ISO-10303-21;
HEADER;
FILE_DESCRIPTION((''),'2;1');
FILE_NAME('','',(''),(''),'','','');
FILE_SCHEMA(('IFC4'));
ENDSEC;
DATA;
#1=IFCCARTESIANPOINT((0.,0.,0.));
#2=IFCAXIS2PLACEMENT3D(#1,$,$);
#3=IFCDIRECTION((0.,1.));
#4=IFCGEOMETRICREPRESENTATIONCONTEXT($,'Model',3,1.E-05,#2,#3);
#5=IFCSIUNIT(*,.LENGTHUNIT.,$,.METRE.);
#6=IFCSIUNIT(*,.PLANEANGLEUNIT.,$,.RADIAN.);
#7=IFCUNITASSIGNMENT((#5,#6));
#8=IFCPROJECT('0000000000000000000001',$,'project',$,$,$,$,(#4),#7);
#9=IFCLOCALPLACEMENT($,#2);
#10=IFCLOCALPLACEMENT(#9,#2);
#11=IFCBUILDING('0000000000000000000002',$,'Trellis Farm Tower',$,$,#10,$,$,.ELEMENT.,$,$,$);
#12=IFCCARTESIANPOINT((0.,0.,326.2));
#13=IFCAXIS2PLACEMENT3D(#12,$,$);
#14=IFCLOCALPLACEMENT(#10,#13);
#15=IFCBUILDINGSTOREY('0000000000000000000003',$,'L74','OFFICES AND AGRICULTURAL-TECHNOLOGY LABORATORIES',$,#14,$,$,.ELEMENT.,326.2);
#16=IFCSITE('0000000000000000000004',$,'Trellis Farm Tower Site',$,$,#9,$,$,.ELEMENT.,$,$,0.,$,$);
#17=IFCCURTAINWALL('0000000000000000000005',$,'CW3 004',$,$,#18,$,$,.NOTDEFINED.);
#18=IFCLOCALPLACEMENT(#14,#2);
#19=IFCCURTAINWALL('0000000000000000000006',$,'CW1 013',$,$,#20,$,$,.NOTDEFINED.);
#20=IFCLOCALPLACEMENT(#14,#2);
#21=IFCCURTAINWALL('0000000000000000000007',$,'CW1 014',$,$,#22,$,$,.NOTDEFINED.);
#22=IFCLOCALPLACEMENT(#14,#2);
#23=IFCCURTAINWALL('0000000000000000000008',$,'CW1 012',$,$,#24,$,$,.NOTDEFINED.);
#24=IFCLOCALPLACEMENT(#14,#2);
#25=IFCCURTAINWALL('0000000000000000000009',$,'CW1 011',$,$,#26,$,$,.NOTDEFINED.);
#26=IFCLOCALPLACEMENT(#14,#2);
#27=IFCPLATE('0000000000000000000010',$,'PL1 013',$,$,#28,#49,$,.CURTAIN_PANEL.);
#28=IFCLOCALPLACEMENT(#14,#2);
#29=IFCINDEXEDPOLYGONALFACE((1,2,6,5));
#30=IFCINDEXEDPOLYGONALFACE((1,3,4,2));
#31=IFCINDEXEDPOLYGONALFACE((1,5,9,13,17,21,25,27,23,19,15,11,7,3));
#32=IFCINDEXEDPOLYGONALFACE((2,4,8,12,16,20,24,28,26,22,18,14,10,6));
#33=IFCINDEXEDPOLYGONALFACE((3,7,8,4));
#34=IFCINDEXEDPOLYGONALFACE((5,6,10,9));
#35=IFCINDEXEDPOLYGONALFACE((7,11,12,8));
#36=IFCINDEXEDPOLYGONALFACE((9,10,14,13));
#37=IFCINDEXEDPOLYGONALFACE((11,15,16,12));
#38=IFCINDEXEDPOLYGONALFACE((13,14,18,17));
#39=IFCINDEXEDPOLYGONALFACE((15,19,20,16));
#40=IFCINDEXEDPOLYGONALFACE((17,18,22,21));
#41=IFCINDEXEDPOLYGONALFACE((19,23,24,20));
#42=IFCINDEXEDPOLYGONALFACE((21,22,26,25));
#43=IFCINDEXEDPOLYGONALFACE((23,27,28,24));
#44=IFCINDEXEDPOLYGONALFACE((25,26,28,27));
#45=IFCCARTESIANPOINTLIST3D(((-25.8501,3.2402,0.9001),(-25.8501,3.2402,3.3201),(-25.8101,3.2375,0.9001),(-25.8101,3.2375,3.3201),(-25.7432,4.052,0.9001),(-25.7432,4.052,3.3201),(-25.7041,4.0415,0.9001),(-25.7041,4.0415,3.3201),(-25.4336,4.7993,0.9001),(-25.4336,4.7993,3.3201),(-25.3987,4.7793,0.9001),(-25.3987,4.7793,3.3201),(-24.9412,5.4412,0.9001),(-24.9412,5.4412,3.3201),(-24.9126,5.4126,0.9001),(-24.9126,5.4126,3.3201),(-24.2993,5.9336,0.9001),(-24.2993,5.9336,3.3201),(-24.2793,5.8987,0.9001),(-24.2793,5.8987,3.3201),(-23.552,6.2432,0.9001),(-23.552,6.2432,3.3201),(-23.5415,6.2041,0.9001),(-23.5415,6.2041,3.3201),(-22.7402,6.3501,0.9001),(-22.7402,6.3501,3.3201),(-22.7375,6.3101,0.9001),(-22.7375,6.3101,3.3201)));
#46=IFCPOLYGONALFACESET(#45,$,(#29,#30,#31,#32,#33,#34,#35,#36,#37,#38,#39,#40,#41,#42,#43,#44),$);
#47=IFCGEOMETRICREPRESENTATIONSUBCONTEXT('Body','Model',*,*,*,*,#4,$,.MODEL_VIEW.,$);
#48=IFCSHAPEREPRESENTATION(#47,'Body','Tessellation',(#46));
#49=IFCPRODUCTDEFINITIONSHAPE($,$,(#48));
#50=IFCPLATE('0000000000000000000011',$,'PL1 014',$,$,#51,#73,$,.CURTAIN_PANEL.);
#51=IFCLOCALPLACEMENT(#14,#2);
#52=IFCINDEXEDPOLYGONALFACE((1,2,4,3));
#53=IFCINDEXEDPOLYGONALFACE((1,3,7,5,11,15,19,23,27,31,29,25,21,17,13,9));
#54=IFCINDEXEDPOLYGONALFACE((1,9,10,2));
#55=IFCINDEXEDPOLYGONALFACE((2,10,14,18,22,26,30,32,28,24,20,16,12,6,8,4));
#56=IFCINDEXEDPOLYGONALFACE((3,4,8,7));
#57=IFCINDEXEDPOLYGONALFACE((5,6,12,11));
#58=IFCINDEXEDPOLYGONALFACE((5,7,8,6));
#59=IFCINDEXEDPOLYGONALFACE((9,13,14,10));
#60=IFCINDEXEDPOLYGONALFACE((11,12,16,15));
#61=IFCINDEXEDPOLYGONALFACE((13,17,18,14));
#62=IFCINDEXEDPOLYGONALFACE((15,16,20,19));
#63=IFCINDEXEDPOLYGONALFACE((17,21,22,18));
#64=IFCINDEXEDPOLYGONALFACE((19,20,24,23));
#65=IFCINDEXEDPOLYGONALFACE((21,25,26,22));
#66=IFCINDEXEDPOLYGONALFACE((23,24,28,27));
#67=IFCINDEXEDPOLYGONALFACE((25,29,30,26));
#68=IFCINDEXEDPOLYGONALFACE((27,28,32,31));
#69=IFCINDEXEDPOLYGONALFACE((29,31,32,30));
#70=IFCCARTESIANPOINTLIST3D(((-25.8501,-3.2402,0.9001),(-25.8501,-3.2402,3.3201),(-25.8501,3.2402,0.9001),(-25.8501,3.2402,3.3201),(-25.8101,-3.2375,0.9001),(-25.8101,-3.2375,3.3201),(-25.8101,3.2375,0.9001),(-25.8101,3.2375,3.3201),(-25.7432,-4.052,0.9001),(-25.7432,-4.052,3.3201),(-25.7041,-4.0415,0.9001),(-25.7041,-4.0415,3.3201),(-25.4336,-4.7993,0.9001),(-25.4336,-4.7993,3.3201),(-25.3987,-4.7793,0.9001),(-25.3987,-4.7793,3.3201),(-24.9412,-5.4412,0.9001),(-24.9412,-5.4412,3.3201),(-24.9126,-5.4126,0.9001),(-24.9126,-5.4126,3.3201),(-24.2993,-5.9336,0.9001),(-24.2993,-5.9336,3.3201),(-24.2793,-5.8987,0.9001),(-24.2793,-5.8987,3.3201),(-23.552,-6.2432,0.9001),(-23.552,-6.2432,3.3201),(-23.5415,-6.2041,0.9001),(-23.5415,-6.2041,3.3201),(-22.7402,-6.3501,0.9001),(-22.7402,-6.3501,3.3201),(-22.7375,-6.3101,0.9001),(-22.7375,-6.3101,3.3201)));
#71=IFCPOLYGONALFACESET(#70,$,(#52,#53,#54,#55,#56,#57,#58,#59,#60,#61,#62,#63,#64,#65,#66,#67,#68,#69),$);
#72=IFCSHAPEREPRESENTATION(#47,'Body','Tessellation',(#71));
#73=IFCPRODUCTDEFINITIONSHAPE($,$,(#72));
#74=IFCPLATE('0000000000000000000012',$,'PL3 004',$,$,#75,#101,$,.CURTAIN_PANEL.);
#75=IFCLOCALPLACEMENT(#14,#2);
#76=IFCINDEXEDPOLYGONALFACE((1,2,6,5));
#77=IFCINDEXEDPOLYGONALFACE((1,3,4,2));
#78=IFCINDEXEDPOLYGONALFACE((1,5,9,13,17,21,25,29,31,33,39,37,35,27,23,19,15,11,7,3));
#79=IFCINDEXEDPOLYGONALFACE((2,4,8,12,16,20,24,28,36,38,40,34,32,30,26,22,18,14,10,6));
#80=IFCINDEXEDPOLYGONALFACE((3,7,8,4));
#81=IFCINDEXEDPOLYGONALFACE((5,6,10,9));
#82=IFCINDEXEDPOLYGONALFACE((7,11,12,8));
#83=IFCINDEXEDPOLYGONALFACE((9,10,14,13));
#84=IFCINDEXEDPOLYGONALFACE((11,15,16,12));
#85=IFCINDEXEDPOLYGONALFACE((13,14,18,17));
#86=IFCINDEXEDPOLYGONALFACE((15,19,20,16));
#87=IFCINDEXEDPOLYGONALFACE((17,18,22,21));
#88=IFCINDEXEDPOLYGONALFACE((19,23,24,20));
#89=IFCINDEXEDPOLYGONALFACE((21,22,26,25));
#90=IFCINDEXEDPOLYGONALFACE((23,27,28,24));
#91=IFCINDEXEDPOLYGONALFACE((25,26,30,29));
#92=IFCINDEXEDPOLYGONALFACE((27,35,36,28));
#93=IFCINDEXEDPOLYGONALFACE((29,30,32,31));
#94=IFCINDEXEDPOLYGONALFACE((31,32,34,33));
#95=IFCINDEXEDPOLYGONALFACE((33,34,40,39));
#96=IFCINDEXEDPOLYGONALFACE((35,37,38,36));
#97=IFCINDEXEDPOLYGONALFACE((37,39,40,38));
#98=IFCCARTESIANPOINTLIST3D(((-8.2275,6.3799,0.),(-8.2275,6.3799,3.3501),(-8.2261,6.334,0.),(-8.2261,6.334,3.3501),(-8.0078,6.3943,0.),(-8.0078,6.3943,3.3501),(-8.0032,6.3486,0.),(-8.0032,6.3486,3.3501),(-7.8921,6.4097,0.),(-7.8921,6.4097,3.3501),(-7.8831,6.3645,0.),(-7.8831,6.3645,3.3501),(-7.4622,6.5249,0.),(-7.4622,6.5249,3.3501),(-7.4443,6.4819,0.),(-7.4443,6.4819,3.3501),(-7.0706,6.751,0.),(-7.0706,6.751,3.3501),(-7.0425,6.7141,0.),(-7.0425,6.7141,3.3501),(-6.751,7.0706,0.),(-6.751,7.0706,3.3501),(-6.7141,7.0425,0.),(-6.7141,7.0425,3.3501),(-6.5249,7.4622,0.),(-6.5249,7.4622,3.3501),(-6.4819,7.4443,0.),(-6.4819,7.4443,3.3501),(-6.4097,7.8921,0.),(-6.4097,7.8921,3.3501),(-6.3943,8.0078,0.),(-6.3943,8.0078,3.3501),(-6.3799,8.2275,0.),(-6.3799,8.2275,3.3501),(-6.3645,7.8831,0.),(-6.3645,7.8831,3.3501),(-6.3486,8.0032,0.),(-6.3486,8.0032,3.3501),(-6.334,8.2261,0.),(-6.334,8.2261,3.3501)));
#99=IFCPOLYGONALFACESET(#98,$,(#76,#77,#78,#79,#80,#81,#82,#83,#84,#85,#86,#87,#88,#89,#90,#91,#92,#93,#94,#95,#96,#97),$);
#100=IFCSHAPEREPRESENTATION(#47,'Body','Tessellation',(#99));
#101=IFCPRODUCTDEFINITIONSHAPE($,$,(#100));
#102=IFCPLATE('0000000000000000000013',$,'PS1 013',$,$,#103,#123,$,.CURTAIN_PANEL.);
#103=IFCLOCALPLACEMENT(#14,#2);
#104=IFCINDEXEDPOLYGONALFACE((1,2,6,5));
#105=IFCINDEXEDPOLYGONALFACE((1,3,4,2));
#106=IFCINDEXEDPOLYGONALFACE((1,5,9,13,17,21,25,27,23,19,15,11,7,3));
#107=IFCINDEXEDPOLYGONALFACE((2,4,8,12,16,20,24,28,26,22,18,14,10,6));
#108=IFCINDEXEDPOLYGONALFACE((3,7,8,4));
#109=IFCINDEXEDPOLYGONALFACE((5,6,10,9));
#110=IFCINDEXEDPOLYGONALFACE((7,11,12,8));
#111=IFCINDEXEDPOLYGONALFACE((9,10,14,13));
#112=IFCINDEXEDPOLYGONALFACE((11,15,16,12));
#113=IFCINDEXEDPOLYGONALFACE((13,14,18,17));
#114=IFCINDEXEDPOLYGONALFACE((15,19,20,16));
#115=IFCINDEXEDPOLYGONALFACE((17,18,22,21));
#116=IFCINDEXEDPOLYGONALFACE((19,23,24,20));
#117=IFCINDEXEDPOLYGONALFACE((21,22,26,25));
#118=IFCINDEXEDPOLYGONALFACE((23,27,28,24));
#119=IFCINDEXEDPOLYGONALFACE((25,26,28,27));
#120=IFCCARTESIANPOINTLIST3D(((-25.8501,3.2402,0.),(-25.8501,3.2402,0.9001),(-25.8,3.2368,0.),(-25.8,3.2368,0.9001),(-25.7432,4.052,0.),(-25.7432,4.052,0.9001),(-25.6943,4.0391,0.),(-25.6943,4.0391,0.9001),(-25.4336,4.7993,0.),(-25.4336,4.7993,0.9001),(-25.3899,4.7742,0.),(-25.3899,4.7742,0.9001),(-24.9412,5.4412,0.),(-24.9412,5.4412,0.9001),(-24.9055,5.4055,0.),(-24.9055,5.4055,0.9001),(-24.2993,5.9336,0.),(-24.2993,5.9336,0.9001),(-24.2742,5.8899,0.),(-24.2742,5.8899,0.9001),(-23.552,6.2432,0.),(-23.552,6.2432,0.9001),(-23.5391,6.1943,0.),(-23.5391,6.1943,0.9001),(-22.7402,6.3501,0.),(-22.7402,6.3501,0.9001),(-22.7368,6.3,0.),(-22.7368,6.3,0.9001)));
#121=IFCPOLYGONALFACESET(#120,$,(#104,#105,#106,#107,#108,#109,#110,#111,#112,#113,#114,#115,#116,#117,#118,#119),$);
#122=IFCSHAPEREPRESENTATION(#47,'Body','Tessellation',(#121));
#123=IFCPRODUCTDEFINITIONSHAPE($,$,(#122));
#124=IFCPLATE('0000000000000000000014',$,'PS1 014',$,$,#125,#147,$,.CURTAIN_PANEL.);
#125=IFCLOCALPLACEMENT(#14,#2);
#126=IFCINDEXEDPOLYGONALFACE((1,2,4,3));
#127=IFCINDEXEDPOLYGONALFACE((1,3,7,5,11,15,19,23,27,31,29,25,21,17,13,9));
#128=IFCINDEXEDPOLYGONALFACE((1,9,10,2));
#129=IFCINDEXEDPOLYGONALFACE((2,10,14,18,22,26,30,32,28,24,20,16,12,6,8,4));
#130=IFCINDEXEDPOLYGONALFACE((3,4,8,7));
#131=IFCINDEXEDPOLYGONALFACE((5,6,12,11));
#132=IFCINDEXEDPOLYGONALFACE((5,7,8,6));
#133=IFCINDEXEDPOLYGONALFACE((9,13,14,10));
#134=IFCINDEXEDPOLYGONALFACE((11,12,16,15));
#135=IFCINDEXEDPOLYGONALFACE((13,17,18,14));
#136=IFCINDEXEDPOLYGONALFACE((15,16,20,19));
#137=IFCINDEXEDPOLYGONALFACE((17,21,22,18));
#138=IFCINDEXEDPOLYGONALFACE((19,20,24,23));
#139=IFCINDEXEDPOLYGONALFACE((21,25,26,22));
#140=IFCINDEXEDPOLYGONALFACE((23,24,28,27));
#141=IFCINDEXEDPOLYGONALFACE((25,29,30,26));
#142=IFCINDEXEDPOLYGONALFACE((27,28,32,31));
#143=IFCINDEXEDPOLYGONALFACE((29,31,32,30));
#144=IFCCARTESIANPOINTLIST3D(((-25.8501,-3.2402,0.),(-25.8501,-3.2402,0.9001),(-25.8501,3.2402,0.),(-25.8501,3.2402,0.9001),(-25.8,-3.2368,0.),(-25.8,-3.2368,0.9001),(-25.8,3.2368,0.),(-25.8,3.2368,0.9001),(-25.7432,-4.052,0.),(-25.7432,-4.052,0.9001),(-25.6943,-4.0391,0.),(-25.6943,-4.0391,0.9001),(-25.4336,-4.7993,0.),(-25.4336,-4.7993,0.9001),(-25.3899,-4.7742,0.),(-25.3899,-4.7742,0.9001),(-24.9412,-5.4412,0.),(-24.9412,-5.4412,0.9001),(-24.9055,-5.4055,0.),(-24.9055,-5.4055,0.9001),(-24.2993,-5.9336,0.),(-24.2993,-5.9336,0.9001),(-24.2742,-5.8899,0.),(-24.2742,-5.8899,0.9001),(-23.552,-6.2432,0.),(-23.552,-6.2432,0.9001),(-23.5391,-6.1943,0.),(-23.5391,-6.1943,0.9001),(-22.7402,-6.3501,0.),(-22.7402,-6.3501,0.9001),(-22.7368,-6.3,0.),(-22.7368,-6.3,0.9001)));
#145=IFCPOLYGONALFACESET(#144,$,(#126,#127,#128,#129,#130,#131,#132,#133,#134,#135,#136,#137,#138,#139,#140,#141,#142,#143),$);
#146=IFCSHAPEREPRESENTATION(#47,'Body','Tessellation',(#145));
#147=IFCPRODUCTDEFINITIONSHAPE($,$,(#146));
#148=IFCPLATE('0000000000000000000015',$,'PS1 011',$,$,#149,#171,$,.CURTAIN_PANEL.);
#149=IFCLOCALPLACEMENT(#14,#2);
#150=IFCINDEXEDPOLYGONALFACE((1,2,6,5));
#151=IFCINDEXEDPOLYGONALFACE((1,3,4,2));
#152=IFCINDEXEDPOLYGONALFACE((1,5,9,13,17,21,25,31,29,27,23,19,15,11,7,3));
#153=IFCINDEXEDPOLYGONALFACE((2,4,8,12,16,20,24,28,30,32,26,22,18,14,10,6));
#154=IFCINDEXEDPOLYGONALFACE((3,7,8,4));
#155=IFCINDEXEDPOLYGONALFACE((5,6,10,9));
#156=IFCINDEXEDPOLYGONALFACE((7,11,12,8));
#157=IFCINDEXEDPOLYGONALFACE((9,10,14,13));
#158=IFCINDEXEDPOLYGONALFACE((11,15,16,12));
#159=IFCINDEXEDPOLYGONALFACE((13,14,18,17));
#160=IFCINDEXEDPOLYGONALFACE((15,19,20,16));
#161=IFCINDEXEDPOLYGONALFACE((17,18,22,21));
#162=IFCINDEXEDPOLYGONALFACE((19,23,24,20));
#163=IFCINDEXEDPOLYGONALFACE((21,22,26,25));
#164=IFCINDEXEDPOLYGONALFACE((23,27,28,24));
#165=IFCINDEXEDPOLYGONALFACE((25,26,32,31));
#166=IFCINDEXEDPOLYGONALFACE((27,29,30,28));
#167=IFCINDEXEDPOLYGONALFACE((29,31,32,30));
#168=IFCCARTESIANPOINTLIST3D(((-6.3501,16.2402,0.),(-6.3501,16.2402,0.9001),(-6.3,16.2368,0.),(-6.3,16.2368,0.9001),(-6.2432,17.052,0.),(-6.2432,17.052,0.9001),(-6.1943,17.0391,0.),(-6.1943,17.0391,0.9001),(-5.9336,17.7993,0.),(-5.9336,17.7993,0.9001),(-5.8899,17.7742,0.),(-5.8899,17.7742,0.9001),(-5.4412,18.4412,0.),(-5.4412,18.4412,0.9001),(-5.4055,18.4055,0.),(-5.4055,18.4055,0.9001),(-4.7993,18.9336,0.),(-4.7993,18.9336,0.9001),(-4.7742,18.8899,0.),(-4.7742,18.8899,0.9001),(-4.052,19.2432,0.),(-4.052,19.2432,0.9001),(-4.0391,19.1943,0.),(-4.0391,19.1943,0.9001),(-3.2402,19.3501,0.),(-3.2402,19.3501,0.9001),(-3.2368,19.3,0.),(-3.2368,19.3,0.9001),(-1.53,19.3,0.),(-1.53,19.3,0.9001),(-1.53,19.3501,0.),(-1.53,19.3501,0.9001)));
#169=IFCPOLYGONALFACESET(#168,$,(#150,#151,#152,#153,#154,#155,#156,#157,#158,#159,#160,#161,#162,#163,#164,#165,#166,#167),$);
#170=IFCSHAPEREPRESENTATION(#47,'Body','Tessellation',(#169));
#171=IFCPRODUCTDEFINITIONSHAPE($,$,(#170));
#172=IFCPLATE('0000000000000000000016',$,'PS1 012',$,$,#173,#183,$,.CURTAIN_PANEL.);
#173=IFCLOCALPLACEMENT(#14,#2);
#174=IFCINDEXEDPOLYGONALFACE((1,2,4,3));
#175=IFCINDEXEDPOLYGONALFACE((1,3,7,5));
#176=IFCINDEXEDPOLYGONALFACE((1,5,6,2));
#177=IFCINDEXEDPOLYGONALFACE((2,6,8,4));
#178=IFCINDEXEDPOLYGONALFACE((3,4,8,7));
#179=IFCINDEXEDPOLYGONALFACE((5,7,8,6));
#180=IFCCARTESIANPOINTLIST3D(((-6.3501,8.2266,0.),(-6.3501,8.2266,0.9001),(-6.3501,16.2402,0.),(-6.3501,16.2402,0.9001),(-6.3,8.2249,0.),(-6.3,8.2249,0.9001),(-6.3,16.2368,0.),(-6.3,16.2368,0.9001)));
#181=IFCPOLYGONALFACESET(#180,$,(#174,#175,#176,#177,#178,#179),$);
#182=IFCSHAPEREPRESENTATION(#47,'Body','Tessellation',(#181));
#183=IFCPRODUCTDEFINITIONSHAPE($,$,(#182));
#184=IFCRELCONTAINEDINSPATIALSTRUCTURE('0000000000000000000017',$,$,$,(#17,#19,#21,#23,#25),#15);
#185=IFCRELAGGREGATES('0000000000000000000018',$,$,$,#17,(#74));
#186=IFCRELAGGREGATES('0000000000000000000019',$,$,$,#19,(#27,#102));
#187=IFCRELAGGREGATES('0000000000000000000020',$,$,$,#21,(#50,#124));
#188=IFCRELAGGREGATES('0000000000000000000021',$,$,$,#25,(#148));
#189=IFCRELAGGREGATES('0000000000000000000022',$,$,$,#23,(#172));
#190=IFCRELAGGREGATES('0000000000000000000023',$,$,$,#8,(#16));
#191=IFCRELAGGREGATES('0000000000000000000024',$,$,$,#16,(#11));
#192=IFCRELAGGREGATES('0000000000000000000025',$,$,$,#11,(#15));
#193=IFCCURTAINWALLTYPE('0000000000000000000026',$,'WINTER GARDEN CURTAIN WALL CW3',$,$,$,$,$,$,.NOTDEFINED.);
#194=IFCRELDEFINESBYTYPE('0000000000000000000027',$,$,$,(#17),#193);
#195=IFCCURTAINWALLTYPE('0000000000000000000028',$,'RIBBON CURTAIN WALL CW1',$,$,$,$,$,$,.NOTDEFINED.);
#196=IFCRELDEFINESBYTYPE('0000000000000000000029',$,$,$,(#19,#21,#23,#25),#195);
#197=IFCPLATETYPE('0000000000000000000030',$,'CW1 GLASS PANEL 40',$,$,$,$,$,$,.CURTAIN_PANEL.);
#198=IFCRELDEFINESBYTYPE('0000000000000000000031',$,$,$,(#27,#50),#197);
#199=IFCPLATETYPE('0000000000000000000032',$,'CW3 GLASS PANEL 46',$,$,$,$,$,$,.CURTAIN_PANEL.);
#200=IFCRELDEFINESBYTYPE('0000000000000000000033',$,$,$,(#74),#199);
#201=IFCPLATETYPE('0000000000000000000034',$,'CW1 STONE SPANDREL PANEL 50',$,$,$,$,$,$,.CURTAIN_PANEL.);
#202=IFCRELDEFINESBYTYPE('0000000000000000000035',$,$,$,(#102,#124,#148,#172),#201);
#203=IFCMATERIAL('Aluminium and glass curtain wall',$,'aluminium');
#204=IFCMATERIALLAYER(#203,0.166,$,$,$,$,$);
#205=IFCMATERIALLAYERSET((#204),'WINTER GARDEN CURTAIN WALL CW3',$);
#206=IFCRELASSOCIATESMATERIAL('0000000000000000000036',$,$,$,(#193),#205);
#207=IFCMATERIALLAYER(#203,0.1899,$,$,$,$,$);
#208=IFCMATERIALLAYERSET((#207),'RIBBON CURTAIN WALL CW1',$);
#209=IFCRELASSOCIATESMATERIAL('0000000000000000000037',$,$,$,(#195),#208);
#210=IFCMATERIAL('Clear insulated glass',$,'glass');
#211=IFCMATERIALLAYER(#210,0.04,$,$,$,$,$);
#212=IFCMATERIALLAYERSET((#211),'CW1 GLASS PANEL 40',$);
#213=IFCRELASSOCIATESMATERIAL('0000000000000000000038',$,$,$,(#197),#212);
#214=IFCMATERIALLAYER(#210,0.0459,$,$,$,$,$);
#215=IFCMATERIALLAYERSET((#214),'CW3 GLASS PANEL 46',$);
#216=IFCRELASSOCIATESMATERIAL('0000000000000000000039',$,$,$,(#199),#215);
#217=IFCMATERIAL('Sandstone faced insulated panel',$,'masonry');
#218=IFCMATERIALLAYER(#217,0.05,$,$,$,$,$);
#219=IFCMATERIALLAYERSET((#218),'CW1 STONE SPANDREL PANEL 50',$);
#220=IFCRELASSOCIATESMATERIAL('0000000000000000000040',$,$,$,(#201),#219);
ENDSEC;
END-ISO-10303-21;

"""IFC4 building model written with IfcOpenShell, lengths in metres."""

from ifc_helpers import new_model, si_unit, direction, frame, origin, place, context, subcontext, project, spatial, polyline, outline, extrude, source, transform, mapped, material, layer, layer_set, type_object, element, aggregate, save


model = new_model("IFC4")

# Units and contexts
model_context = context("Model", 3, precision=1e-05, world=origin(), true_north=direction((0.0, 1.0)))
body_context = subcontext(model_context, "Body", "Model", "MODEL_VIEW")
ifc_project = project(units=[si_unit("LENGTHUNIT", "METRE"), si_unit("PLANEANGLEUNIT", "RADIAN")], contexts=[model_context])

# Site, building, storey
site_placement = place(None, origin())
site = spatial("IfcSite", under=ifc_project, at=site_placement, Name="Trellis Farm Tower Site", CompositionType="ELEMENT", RefElevation=0.0)
building_placement = place(site_placement, origin())
building = spatial("IfcBuilding", under=site, at=building_placement, Name="Trellis Farm Tower", CompositionType="ELEMENT")
storey_placement = place(building_placement, frame((0.0, 0.0, 326.2)))
storey = spatial("IfcBuildingStorey", under=building, at=storey_placement, Name="L74", Description="OFFICES AND AGRICULTURAL-TECHNOLOGY LABORATORIES", CompositionType="ELEMENT", Elevation=326.2)

# Curtain walls
ifc_material_1 = material(Name="Aluminium and glass curtain wall", Category="aluminium")
ifc_layer_1 = layer(ifc_material_1, 0.166)
ifc_layer_set_1 = layer_set([ifc_layer_1], Name="WINTER GARDEN CURTAIN WALL CW3")
curtain_wall_type_1 = type_object("IfcCurtainWallType", Name="WINTER GARDEN CURTAIN WALL CW3", PredefinedType="NOTDEFINED", material=ifc_layer_set_1)
placement_1 = place(storey_placement, origin())
curtain_wall_1 = element("IfcCurtainWall", 1, at=placement_1, inside=storey, type_object=curtain_wall_type_1, Name="CW3 004", PredefinedType="NOTDEFINED")
ifc_layer_2 = layer(ifc_material_1, 0.1899)
ifc_layer_set_2 = layer_set([ifc_layer_2], Name="RIBBON CURTAIN WALL CW1")
curtain_wall_type_2 = type_object("IfcCurtainWallType", Name="RIBBON CURTAIN WALL CW1", PredefinedType="NOTDEFINED", material=ifc_layer_set_2)
curtain_wall_2 = element("IfcCurtainWall", 2, at=placement_1, inside=storey, type_object=curtain_wall_type_2, Name="CW1 013", PredefinedType="NOTDEFINED")
curtain_wall_3 = element("IfcCurtainWall", 3, at=placement_1, inside=storey, type_object=curtain_wall_type_2, Name="CW1 014", PredefinedType="NOTDEFINED")
curtain_wall_4 = element("IfcCurtainWall", 4, at=placement_1, inside=storey, type_object=curtain_wall_type_2, Name="CW1 012", PredefinedType="NOTDEFINED")

# Curtain wall
curtain_wall_5 = element("IfcCurtainWall", 5, at=placement_1, inside=storey, type_object=curtain_wall_type_2, Name="CW1 011", PredefinedType="NOTDEFINED")
ifc_material_2 = material(Name="Clear insulated glass", Category="glass")
ifc_layer_3 = layer(ifc_material_2, 0.04)
ifc_layer_set_3 = layer_set([ifc_layer_3], Name="CW1 GLASS PANEL 40")
plate_type_1 = type_object("IfcPlateType", Name="CW1 GLASS PANEL 40", PredefinedType="CURTAIN_PANEL", material=ifc_layer_set_3)
placement_2 = place(storey_placement, frame((0.0, 0.0, 0.9001)))

# Plates
plate_1 = element("IfcPlate", 6, at=placement_2, type_object=plate_type_1, Name="PL1 013", PredefinedType="CURTAIN_PANEL", context=body_context, shape_type="SweptSolid", body=[
    extrude(outline(polyline([(-22.7402, 6.3501), (-23.552, 6.2432), (-24.2993, 5.9336), (-24.9412, 5.4412), (-25.4336, 4.7993), (-25.7432, 4.052), (-25.8501, 3.2402), (-25.8101, 3.2375), (-25.7041, 4.0415), (-25.3987, 4.7793), (-24.9126, 5.4126), (-24.2793, 5.8987), (-23.5415, 6.2041), (-22.7375, 6.3101), (-22.7402, 6.3501)])), origin(), (0.0, 0.0, 1.0), 2.4199),
])
plate_2 = element("IfcPlate", 7, at=placement_2, type_object=plate_type_1, Name="PL1 014", PredefinedType="CURTAIN_PANEL", context=body_context, shape_type="SweptSolid", body=[
    extrude(outline(polyline([(-25.8501, 3.2402), (-25.8501, -3.2402), (-25.7432, -4.052), (-25.4336, -4.7993), (-24.9412, -5.4412), (-24.2993, -5.9336), (-23.552, -6.2432), (-22.7402, -6.3501), (-22.7375, -6.3101), (-23.5415, -6.2041), (-24.2793, -5.8987), (-24.9126, -5.4126), (-25.3987, -4.7793), (-25.7041, -4.0415), (-25.8101, -3.2375), (-25.8101, 3.2375), (-25.8501, 3.2402)])), origin(), (0.0, 0.0, 1.0), 2.4199),
])
ifc_layer_4 = layer(ifc_material_2, 0.0459)
ifc_layer_set_4 = layer_set([ifc_layer_4], Name="CW3 GLASS PANEL 46")
plate_type_2 = type_object("IfcPlateType", Name="CW3 GLASS PANEL 46", PredefinedType="CURTAIN_PANEL", material=ifc_layer_set_4)
plate_3 = element("IfcPlate", 8, at=placement_1, type_object=plate_type_2, Name="PL3 004", PredefinedType="CURTAIN_PANEL", context=body_context, shape_type="SweptSolid", body=[
    extrude(outline(polyline([(-6.3799, 8.2275), (-6.3943, 8.0078), (-6.4097, 7.8921), (-6.5249, 7.4622), (-6.751, 7.0706), (-7.0706, 6.751), (-7.4622, 6.5249), (-7.8921, 6.4097), (-8.0078, 6.3943), (-8.2275, 6.3799), (-8.2261, 6.334), (-8.0032, 6.3486), (-7.8831, 6.3645), (-7.4443, 6.4819), (-7.0425, 6.7141), (-6.7141, 7.0425), (-6.4819, 7.4443), (-6.3645, 7.8831), (-6.3486, 8.0032), (-6.334, 8.2261), (-6.3799, 8.2275)])), origin(), (0.0, 0.0, 1.0), 3.3501),
])
aggregate(curtain_wall_1, [plate_3])
ifc_material_3 = material(Name="Sandstone faced insulated panel", Category="masonry")
ifc_layer_5 = layer(ifc_material_3, 0.05)
ifc_layer_set_5 = layer_set([ifc_layer_5], Name="CW1 STONE SPANDREL PANEL 50")
plate_type_3 = type_object("IfcPlateType", Name="CW1 STONE SPANDREL PANEL 50", PredefinedType="CURTAIN_PANEL", material=ifc_layer_set_5)
shared_shape_1 = source(origin(), body_context, "Body", "SweptSolid", [
    extrude(outline(polyline([(-22.7402, 6.3501), (-23.552, 6.2432), (-24.2993, 5.9336), (-24.9412, 5.4412), (-25.4336, 4.7993), (-25.7432, 4.052), (-25.8501, 3.2402), (-25.8, 3.2368), (-25.6943, 4.0391), (-25.3899, 4.7742), (-24.9055, 5.4055), (-24.2742, 5.8899), (-23.5391, 6.1943), (-22.7368, 6.3), (-22.7402, 6.3501)])), origin(), (0.0, 0.0, 1.0), 0.9001),
])
plate_4 = element("IfcPlate", 9, at=placement_1, type_object=plate_type_3, Name="PS1 013", PredefinedType="CURTAIN_PANEL", context=body_context, shape_type="MappedRepresentation", body=[
    mapped(shared_shape_1, transform((0.0, 0.0, 0.0))),
])
aggregate(curtain_wall_2, [plate_1, plate_4])
shared_shape_2 = source(origin(), body_context, "Body", "SweptSolid", [
    extrude(outline(polyline([(-25.8501, 3.2402), (-25.8501, -3.2402), (-25.7432, -4.052), (-25.4336, -4.7993), (-24.9412, -5.4412), (-24.2993, -5.9336), (-23.552, -6.2432), (-22.7402, -6.3501), (-22.7368, -6.3), (-23.5391, -6.1943), (-24.2742, -5.8899), (-24.9055, -5.4055), (-25.3899, -4.7742), (-25.6943, -4.0391), (-25.8, -3.2368), (-25.8, 3.2368), (-25.8501, 3.2402)])), origin(), (0.0, 0.0, 1.0), 0.9001),
])
plate_5 = element("IfcPlate", 10, at=placement_1, type_object=plate_type_3, Name="PS1 014", PredefinedType="CURTAIN_PANEL", context=body_context, shape_type="MappedRepresentation", body=[
    mapped(shared_shape_2, transform((0.0, 0.0, 0.0))),
])
aggregate(curtain_wall_3, [plate_2, plate_5])
shared_shape_3 = source(origin(), body_context, "Body", "SweptSolid", [
    extrude(outline(polyline([(-1.53, 19.3501), (-3.2402, 19.3501), (-4.052, 19.2432), (-4.7993, 18.9336), (-5.4412, 18.4412), (-5.9336, 17.7993), (-6.2432, 17.052), (-6.3501, 16.2402), (-6.3, 16.2368), (-6.1943, 17.0391), (-5.8899, 17.7742), (-5.4055, 18.4055), (-4.7742, 18.8899), (-4.0391, 19.1943), (-3.2368, 19.3), (-1.53, 19.3), (-1.53, 19.3501)])), origin(), (0.0, 0.0, 1.0), 0.9001),
])
plate_6 = element("IfcPlate", 11, at=placement_1, type_object=plate_type_3, Name="PS1 011", PredefinedType="CURTAIN_PANEL", context=body_context, shape_type="MappedRepresentation", body=[
    mapped(shared_shape_3, transform((0.0, 0.0, 0.0))),
])
aggregate(curtain_wall_5, [plate_6])
shared_shape_4 = source(origin(), body_context, "Body", "SweptSolid", [
    extrude(outline(polyline([(-6.3501, 16.2402), (-6.3501, 8.2266), (-6.3, 8.2249), (-6.3, 16.2368), (-6.3501, 16.2402)])), origin(), (0.0, 0.0, 1.0), 0.9001),
])
plate_7 = element("IfcPlate", 12, at=placement_1, type_object=plate_type_3, Name="PS1 012", PredefinedType="CURTAIN_PANEL", context=body_context, shape_type="MappedRepresentation", body=[
    mapped(shared_shape_4, transform((0.0, 0.0, 0.0))),
])
aggregate(curtain_wall_4, [plate_7])

save(model, "model.ifc")
